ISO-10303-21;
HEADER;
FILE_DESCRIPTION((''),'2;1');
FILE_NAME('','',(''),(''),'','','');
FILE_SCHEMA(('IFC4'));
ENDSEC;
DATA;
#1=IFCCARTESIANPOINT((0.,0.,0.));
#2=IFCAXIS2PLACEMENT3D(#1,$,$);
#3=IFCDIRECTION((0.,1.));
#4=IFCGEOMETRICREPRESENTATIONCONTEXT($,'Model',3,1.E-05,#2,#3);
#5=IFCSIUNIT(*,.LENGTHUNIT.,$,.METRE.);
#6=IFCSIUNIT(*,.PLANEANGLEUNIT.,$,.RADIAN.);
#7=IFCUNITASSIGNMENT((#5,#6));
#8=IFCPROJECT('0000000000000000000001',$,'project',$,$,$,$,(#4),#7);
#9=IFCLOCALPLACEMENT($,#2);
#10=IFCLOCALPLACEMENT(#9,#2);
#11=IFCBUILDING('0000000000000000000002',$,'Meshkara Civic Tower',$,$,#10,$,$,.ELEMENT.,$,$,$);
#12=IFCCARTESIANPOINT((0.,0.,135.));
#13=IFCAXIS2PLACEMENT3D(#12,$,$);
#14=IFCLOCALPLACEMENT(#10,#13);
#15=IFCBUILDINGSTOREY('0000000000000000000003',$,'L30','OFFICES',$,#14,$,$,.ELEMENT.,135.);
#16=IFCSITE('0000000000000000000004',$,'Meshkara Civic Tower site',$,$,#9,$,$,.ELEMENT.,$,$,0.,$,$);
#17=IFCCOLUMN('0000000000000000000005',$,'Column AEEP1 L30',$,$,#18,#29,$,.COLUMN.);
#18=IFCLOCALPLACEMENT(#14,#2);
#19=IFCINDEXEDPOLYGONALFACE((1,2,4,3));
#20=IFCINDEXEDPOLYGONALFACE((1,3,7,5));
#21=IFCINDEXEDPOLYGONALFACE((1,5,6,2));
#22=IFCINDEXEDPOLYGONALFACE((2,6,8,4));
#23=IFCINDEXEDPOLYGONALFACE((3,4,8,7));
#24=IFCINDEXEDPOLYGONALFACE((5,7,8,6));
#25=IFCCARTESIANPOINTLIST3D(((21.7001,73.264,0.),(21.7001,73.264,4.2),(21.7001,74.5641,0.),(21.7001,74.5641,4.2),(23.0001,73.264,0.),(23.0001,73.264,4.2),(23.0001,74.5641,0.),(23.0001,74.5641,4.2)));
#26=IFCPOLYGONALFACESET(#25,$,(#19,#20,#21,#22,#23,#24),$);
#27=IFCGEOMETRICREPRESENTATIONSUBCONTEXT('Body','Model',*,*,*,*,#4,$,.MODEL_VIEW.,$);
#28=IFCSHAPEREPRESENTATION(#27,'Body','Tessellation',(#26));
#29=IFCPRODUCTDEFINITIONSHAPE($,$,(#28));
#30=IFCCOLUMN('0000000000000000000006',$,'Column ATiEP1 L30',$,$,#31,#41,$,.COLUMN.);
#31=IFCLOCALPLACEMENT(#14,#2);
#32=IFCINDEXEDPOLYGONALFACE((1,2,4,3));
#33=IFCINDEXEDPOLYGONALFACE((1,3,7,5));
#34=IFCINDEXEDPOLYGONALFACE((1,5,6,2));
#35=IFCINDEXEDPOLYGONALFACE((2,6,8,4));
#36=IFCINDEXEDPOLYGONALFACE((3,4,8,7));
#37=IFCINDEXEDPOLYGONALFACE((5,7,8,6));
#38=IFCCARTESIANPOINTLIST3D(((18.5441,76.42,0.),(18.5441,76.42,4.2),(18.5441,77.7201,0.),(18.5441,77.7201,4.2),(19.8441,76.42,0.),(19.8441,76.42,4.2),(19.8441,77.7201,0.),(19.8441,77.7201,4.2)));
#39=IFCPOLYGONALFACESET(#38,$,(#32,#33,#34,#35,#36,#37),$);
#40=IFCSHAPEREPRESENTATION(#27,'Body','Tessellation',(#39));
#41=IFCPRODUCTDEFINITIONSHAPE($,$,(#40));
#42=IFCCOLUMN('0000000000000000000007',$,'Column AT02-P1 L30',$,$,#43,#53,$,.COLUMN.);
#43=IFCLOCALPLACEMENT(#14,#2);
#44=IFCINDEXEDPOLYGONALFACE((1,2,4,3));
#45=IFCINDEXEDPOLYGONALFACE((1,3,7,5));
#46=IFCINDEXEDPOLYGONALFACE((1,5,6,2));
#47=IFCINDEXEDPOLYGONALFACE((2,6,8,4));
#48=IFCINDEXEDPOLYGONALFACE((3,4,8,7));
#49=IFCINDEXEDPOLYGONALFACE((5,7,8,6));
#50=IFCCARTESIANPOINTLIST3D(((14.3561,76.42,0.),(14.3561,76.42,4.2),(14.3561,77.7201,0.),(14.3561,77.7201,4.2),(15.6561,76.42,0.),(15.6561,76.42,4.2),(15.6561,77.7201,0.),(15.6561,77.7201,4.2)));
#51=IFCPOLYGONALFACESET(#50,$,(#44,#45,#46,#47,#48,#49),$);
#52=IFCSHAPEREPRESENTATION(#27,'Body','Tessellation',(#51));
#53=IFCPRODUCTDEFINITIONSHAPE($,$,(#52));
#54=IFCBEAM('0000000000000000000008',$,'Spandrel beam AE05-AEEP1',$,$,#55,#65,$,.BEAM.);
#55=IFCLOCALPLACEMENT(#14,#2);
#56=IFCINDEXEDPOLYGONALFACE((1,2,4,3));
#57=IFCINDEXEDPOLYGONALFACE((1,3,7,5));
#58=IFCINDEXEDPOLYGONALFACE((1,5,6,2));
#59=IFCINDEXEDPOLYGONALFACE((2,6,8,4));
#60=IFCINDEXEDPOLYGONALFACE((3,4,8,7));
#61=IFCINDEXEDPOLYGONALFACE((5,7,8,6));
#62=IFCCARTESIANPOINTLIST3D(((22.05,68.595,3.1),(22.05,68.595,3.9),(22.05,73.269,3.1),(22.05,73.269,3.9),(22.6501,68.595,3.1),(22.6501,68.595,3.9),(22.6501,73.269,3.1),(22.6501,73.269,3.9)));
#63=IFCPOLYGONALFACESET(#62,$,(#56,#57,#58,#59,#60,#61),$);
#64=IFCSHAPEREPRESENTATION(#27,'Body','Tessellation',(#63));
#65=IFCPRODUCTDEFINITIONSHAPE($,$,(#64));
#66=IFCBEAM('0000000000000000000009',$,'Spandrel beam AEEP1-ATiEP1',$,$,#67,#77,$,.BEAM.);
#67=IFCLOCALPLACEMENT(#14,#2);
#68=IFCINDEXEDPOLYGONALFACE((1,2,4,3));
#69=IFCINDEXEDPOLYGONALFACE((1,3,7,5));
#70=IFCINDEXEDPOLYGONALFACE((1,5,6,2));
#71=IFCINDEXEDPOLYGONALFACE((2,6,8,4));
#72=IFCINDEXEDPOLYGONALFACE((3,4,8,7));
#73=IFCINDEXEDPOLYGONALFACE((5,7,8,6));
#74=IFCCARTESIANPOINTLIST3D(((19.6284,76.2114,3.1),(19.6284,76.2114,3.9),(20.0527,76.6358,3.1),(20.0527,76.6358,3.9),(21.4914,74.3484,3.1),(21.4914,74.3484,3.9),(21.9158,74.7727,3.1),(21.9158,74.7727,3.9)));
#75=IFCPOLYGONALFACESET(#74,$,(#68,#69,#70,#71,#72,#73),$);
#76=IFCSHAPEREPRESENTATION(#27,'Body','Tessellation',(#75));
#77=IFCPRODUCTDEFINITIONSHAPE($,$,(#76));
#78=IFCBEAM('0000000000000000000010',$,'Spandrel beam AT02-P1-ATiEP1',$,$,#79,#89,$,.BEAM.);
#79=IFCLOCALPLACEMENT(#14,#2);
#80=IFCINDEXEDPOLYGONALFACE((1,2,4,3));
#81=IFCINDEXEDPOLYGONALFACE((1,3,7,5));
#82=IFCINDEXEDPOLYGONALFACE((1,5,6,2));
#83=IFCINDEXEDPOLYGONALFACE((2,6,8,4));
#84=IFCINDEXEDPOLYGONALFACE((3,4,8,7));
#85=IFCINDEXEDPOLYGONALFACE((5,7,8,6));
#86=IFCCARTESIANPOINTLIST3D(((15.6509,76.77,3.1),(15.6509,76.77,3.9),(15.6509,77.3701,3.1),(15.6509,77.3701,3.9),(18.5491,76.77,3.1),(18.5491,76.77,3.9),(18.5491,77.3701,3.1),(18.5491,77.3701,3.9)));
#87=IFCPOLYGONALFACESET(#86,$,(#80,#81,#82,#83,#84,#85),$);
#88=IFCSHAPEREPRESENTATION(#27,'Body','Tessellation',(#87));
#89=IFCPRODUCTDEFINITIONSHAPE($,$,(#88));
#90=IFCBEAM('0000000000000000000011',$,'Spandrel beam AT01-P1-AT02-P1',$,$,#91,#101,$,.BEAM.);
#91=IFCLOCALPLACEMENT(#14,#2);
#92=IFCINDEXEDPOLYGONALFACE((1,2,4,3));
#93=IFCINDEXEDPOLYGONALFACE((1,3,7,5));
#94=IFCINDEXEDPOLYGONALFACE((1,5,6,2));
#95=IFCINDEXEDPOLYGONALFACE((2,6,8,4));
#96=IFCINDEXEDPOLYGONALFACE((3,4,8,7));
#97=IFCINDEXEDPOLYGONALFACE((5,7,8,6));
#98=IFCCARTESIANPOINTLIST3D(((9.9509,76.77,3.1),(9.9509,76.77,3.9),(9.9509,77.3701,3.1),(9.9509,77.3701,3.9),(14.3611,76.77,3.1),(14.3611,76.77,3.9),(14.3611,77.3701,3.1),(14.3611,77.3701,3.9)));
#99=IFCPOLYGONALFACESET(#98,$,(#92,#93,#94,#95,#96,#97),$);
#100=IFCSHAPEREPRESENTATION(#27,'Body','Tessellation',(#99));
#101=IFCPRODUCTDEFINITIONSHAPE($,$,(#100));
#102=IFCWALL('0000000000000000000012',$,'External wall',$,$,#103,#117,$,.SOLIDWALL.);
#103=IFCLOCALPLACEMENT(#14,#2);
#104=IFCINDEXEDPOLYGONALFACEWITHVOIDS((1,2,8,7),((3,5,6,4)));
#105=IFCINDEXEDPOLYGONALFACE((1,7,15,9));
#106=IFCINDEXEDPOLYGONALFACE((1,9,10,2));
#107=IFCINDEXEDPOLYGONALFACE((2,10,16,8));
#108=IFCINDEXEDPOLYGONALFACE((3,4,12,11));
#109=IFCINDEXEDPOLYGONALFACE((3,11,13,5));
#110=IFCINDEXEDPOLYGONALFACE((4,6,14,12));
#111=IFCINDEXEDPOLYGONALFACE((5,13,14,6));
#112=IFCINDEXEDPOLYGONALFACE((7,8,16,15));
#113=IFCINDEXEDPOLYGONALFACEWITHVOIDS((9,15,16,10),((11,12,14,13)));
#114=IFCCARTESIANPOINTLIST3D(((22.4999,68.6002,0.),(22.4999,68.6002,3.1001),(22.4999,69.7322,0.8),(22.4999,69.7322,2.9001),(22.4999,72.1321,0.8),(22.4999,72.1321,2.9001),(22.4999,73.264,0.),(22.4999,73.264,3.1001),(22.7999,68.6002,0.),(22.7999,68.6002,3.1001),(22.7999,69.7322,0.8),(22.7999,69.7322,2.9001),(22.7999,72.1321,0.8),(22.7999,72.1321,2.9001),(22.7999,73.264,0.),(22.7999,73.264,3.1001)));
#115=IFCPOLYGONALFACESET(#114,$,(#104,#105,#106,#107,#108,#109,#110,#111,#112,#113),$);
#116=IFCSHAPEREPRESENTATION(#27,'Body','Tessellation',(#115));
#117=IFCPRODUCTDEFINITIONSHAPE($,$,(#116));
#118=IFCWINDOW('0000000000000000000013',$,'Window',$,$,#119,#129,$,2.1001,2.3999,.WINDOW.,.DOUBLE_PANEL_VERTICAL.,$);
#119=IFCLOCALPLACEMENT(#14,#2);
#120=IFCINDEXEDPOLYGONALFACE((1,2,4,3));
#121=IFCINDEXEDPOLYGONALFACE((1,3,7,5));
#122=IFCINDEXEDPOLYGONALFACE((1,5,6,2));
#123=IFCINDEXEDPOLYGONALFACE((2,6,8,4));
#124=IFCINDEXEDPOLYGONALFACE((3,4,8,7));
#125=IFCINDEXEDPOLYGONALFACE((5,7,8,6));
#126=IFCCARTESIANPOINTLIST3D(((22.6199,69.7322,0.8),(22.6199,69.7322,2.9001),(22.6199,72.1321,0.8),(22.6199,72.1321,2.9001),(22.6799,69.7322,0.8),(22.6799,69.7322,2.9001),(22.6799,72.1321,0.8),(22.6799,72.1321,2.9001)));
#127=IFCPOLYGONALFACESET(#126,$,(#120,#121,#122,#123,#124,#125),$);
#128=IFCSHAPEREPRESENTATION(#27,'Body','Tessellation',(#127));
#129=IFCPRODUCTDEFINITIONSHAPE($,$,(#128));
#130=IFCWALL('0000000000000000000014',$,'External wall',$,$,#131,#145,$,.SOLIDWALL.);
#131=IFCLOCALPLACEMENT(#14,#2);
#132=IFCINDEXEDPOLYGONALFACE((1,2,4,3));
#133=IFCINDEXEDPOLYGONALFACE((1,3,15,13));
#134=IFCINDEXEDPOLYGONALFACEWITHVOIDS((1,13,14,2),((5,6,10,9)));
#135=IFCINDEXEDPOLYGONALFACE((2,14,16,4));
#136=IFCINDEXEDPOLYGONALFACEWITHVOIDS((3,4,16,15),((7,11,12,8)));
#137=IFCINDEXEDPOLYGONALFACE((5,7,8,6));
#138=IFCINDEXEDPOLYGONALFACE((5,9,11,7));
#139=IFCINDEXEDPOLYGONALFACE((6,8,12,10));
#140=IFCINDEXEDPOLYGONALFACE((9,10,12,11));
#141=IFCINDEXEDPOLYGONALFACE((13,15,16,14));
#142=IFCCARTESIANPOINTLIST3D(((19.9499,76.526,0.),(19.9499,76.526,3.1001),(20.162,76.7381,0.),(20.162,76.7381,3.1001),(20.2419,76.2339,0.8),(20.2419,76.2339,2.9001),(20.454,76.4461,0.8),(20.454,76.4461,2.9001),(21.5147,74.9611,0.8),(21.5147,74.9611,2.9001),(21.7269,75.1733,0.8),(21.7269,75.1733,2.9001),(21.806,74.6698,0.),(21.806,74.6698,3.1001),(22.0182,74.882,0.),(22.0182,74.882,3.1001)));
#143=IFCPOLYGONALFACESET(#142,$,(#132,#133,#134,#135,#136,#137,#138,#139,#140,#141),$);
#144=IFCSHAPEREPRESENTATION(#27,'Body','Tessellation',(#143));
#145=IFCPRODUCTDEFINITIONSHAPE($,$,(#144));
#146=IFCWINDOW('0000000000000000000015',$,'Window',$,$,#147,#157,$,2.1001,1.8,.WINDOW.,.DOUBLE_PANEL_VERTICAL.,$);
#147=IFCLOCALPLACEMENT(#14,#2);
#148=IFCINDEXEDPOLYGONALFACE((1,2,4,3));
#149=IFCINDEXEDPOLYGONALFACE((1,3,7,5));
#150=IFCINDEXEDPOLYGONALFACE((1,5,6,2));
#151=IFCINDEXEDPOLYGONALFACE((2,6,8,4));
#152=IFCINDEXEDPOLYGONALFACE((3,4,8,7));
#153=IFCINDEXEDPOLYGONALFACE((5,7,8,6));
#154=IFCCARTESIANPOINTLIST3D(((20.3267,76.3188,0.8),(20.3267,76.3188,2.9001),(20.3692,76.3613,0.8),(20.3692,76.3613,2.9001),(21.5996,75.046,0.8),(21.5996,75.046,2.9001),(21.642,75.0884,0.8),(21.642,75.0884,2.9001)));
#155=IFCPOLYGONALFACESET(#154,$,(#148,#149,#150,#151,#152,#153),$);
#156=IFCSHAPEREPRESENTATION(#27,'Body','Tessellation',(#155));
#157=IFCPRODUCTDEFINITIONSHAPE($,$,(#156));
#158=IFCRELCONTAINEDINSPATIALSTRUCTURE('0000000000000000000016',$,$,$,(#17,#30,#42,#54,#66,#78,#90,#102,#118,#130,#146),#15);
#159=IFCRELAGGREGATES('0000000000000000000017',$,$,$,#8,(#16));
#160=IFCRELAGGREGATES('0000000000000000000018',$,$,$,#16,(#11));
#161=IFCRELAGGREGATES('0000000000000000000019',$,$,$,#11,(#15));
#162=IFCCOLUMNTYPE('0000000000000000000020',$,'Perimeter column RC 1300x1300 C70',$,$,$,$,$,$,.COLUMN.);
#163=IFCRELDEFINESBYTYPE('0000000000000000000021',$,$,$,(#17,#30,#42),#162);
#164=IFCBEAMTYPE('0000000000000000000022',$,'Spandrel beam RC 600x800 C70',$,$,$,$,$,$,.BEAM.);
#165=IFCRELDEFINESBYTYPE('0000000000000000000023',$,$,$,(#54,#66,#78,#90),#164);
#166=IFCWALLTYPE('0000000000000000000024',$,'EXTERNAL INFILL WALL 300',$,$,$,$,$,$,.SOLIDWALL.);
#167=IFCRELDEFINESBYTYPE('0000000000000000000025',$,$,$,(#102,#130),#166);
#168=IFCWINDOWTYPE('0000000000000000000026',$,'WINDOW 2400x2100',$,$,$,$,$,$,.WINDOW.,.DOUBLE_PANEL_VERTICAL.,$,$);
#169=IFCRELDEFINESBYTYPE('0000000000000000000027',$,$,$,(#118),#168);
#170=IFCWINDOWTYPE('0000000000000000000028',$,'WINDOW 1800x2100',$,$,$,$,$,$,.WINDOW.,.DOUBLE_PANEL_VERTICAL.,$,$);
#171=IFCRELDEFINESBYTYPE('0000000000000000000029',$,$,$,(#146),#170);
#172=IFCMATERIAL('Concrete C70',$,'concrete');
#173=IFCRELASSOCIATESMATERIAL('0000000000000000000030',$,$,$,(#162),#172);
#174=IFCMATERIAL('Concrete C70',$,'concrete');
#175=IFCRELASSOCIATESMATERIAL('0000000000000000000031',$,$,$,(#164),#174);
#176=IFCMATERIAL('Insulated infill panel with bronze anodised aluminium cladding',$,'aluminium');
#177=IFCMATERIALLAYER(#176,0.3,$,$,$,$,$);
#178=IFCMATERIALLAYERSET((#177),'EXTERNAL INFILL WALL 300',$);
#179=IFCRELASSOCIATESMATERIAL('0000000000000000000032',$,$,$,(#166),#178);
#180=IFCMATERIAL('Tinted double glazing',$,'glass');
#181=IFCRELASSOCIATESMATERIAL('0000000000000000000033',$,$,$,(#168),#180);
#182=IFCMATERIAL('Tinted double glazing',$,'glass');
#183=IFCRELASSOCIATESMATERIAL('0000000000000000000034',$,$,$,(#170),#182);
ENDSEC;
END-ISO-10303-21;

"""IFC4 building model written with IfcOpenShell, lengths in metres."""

from ifc_helpers import new_model, si_unit, direction, frame, frame_2d, origin, origin_2d, place, context, subcontext, project, spatial, rectangle, extrude, material, layer, layer_set, material_profile, profile_set, type_object, element, fill, save


model = new_model("IFC4")

# Units and contexts
model_context = context("Model", 3, precision=1e-05, world=origin(), true_north=direction((0.0, 1.0)))
body_context = subcontext(model_context, "Body", "Model", "MODEL_VIEW")
ifc_project = project(units=[si_unit("LENGTHUNIT", "METRE"), si_unit("PLANEANGLEUNIT", "RADIAN")], contexts=[model_context])

# Site, building, storey
site_placement = place(None, origin())
site = spatial("IfcSite", under=ifc_project, at=site_placement, Name="Meshkara Civic Tower site", CompositionType="ELEMENT", RefElevation=0.0)
building_placement = place(site_placement, origin())
building = spatial("IfcBuilding", under=site, at=building_placement, Name="Meshkara Civic Tower", CompositionType="ELEMENT")
storey_placement = place(building_placement, frame((0.0, 0.0, 135.0)))
storey = spatial("IfcBuildingStorey", under=building, at=storey_placement, Name="L30", Description="OFFICES", CompositionType="ELEMENT", Elevation=135.0)

# Columns
ifc_material_1 = material(Name="Concrete C70", Category="concrete")
ifc_material_profile_1 = material_profile(ifc_material_1, rectangle(XDim=1.3, YDim=1.3, at=origin_2d()))
ifc_profile_set_1 = profile_set([ifc_material_profile_1], Name="Concrete C70")
column_type = type_object("IfcColumnType", Name="Perimeter column RC 1300x1300 C70", PredefinedType="COLUMN", material=ifc_profile_set_1)
for number, where, z_axis, x_axis, name in (
    (1, (22.3501, 73.9141, 0.0), (0.0, 0.0, 1.0), (1.0, 0.0, 0.0), "Column AEEP1 L30"),
    (2, (19.1941, 77.0701, 0.0), (0.0, 0.0, 1.0), (1.0, 0.0, 0.0), "Column ATiEP1 L30"),
    (3, (15.0061, 77.0701, 0.0), (0.0, 0.0, 1.0), (1.0, 0.0, 0.0), "Column AT02-P1 L30"),
):
    element("IfcColumn", number, at=place(storey_placement, frame(where, z_axis=z_axis, x_axis=x_axis)), inside=storey, type_object=column_type, Name=name, PredefinedType="COLUMN", context=body_context, shape_type="SweptSolid", body=[
        extrude(rectangle(XDim=1.3, YDim=1.3, at=origin_2d()), origin(), (0.0, 0.0, 1.0), 4.2),
    ])

# Beams
ifc_material_2 = material(Name="Concrete C70", Category="concrete")
ifc_material_profile_2 = material_profile(ifc_material_2, rectangle(XDim=0.6001, YDim=0.8, at=origin_2d()))
ifc_profile_set_2 = profile_set([ifc_material_profile_2], Name="Concrete C70")
beam_type = type_object("IfcBeamType", Name="Spandrel beam RC 600x800 C70", PredefinedType="BEAM", material=ifc_profile_set_2)
beam_1_placement = place(storey_placement, frame((22.3501, 68.595, 3.5), z_axis=(0.0, 1.0, 0.0), x_axis=(-1.0, 0.0, 0.0)))
element("IfcBeam", 4, at=beam_1_placement, inside=storey, type_object=beam_type, Name="Spandrel beam AE05-AEEP1", PredefinedType="BEAM", context=body_context, shape_type="SweptSolid", body=[
    extrude(rectangle(XDim=0.6001, YDim=0.8, at=origin_2d()), origin(), (0.0, 0.0, 1.0), 4.6741),
])
beam_2_placement = place(storey_placement, frame((21.7036, 74.5605, 3.5), z_axis=(-0.707107, 0.707107, 0.0), x_axis=(-0.707107, -0.707107, 0.0)))
element("IfcBeam", 5, at=beam_2_placement, inside=storey, type_object=beam_type, Name="Spandrel beam AEEP1-ATiEP1", PredefinedType="BEAM", context=body_context, shape_type="SweptSolid", body=[
    extrude(rectangle(XDim=0.6001, YDim=0.8, at=origin_2d()), origin(), (0.0, 0.0, 1.0), 2.6348),
])
beam_3_placement = place(storey_placement, frame((18.5491, 77.0701, 3.5), z_axis=(-1.0, 0.0, 0.0), x_axis=(0.0, -1.0, 0.0)))
element("IfcBeam", 6, at=beam_3_placement, inside=storey, type_object=beam_type, Name="Spandrel beam AT02-P1-ATiEP1", PredefinedType="BEAM", context=body_context, shape_type="SweptSolid", body=[
    extrude(rectangle(XDim=0.6001, YDim=0.8, at=origin_2d()), origin(), (0.0, 0.0, 1.0), 2.8982),
])
beam_4_placement = place(storey_placement, frame((14.3611, 77.0701, 3.5), z_axis=(-1.0, 0.0, 0.0), x_axis=(0.0, -1.0, 0.0)))
element("IfcBeam", 7, at=beam_4_placement, inside=storey, type_object=beam_type, Name="Spandrel beam AT01-P1-AT02-P1", PredefinedType="BEAM", context=body_context, shape_type="SweptSolid", body=[
    extrude(rectangle(XDim=0.6001, YDim=0.8, at=origin_2d()), origin(), (0.0, 0.0, 1.0), 4.4102),
])

# Walls, openings, windows
ifc_material_3 = material(Name="Insulated infill panel with bronze anodised aluminium cladding", Category="aluminium")
ifc_layer = layer(ifc_material_3, 0.3)
ifc_layer_set = layer_set([ifc_layer], Name="EXTERNAL INFILL WALL 300")
wall_type = type_object("IfcWallType", Name="EXTERNAL INFILL WALL 300", PredefinedType="SOLIDWALL", material=ifc_layer_set)
wall_1_placement = place(storey_placement, frame((22.6499, 68.6001, 0.0), z_axis=(0.0, 0.0, 1.0), x_axis=(0.0, 1.0, 0.0)))
wall_1 = element("IfcWall", 8, at=wall_1_placement, inside=storey, type_object=wall_type, Name="External wall", PredefinedType="SOLIDWALL", context=body_context, shape_type="SweptSolid", body=[
    extrude(rectangle(XDim=4.6638, YDim=0.3, at=frame_2d((2.332, 0.0))), origin(), (0.0, 0.0, 1.0), 3.1001),
])
opening_1_placement = place(wall_1_placement, frame((1.1321, 0.0, 0.8)))
opening_1 = element("IfcOpeningElement", 9, at=opening_1_placement, cuts=wall_1, PredefinedType="OPENING", context=body_context, shape_type="SweptSolid", body=[
    extrude(rectangle(XDim=2.3999, YDim=2.1001, at=frame_2d((1.2, 1.05))), frame((0.0, 0.1599, 0.0), z_axis=(0.0, -1.0, 0.0), x_axis=(1.0, 0.0, 0.0)), (0.0, 0.0, 1.0), 0.3201),
])
ifc_material_4 = material(Name="Tinted double glazing", Category="glass")
window_type_1 = type_object("IfcWindowType", Name="WINDOW 2400x2100", PartitioningType="DOUBLE_PANEL_VERTICAL", PredefinedType="WINDOW", material=ifc_material_4)
window_1_placement = place(opening_1_placement, origin())
window_1 = element("IfcWindow", 10, at=window_1_placement, inside=storey, type_object=window_type_1, Name="Window", OverallHeight=2.1001, OverallWidth=2.3999, PartitioningType="DOUBLE_PANEL_VERTICAL", PredefinedType="WINDOW", context=body_context, shape_type="SweptSolid", body=[
    extrude(rectangle(XDim=2.3999, YDim=2.1001, at=frame_2d((1.2, 1.05))), frame((0.0, 0.03, 0.0), z_axis=(0.0, -1.0, 0.0), x_axis=(1.0, 0.0, 0.0)), (0.0, 0.0, 1.0), 0.0601),
])
fill(opening_1, window_1)
wall_2_placement = place(storey_placement, frame((21.9121, 74.7759, 0.0), z_axis=(0.0, 0.0, 1.0), x_axis=(-0.707107, 0.707107, 0.0)))
wall_2 = element("IfcWall", 11, at=wall_2_placement, inside=storey, type_object=wall_type, Name="External wall", PredefinedType="SOLIDWALL", context=body_context, shape_type="SweptSolid", body=[
    extrude(rectangle(XDim=2.625, YDim=0.3, at=frame_2d((1.3125, 0.0))), origin(), (0.0, 0.0, 1.0), 3.1001),
])
opening_2_placement = place(wall_2_placement, frame((0.4121, 0.0, 0.8)))
opening_2 = element("IfcOpeningElement", 12, at=opening_2_placement, cuts=wall_2, PredefinedType="OPENING", context=body_context, shape_type="SweptSolid", body=[
    extrude(rectangle(XDim=1.8, YDim=2.1001, at=frame_2d((0.8999, 1.05))), frame((0.0, 0.1599, 0.0), z_axis=(0.0, -1.0, 0.0), x_axis=(1.0, 0.0, 0.0)), (0.0, 0.0, 1.0), 0.3201),
])
ifc_material_5 = material(Name="Tinted double glazing", Category="glass")
window_type_2 = type_object("IfcWindowType", Name="WINDOW 1800x2100", PartitioningType="DOUBLE_PANEL_VERTICAL", PredefinedType="WINDOW", material=ifc_material_5)
window_2_placement = place(opening_2_placement, origin())
window_2 = element("IfcWindow", 13, at=window_2_placement, inside=storey, type_object=window_type_2, Name="Window", OverallHeight=2.1001, OverallWidth=1.8, PartitioningType="DOUBLE_PANEL_VERTICAL", PredefinedType="WINDOW", context=body_context, shape_type="SweptSolid", body=[
    extrude(rectangle(XDim=1.8, YDim=2.1001, at=frame_2d((0.8999, 1.05))), frame((0.0, 0.03, 0.0), z_axis=(0.0, -1.0, 0.0), x_axis=(1.0, 0.0, 0.0)), (0.0, 0.0, 1.0), 0.0601),
])
fill(opening_2, window_2)

save(model, "model.ifc")
